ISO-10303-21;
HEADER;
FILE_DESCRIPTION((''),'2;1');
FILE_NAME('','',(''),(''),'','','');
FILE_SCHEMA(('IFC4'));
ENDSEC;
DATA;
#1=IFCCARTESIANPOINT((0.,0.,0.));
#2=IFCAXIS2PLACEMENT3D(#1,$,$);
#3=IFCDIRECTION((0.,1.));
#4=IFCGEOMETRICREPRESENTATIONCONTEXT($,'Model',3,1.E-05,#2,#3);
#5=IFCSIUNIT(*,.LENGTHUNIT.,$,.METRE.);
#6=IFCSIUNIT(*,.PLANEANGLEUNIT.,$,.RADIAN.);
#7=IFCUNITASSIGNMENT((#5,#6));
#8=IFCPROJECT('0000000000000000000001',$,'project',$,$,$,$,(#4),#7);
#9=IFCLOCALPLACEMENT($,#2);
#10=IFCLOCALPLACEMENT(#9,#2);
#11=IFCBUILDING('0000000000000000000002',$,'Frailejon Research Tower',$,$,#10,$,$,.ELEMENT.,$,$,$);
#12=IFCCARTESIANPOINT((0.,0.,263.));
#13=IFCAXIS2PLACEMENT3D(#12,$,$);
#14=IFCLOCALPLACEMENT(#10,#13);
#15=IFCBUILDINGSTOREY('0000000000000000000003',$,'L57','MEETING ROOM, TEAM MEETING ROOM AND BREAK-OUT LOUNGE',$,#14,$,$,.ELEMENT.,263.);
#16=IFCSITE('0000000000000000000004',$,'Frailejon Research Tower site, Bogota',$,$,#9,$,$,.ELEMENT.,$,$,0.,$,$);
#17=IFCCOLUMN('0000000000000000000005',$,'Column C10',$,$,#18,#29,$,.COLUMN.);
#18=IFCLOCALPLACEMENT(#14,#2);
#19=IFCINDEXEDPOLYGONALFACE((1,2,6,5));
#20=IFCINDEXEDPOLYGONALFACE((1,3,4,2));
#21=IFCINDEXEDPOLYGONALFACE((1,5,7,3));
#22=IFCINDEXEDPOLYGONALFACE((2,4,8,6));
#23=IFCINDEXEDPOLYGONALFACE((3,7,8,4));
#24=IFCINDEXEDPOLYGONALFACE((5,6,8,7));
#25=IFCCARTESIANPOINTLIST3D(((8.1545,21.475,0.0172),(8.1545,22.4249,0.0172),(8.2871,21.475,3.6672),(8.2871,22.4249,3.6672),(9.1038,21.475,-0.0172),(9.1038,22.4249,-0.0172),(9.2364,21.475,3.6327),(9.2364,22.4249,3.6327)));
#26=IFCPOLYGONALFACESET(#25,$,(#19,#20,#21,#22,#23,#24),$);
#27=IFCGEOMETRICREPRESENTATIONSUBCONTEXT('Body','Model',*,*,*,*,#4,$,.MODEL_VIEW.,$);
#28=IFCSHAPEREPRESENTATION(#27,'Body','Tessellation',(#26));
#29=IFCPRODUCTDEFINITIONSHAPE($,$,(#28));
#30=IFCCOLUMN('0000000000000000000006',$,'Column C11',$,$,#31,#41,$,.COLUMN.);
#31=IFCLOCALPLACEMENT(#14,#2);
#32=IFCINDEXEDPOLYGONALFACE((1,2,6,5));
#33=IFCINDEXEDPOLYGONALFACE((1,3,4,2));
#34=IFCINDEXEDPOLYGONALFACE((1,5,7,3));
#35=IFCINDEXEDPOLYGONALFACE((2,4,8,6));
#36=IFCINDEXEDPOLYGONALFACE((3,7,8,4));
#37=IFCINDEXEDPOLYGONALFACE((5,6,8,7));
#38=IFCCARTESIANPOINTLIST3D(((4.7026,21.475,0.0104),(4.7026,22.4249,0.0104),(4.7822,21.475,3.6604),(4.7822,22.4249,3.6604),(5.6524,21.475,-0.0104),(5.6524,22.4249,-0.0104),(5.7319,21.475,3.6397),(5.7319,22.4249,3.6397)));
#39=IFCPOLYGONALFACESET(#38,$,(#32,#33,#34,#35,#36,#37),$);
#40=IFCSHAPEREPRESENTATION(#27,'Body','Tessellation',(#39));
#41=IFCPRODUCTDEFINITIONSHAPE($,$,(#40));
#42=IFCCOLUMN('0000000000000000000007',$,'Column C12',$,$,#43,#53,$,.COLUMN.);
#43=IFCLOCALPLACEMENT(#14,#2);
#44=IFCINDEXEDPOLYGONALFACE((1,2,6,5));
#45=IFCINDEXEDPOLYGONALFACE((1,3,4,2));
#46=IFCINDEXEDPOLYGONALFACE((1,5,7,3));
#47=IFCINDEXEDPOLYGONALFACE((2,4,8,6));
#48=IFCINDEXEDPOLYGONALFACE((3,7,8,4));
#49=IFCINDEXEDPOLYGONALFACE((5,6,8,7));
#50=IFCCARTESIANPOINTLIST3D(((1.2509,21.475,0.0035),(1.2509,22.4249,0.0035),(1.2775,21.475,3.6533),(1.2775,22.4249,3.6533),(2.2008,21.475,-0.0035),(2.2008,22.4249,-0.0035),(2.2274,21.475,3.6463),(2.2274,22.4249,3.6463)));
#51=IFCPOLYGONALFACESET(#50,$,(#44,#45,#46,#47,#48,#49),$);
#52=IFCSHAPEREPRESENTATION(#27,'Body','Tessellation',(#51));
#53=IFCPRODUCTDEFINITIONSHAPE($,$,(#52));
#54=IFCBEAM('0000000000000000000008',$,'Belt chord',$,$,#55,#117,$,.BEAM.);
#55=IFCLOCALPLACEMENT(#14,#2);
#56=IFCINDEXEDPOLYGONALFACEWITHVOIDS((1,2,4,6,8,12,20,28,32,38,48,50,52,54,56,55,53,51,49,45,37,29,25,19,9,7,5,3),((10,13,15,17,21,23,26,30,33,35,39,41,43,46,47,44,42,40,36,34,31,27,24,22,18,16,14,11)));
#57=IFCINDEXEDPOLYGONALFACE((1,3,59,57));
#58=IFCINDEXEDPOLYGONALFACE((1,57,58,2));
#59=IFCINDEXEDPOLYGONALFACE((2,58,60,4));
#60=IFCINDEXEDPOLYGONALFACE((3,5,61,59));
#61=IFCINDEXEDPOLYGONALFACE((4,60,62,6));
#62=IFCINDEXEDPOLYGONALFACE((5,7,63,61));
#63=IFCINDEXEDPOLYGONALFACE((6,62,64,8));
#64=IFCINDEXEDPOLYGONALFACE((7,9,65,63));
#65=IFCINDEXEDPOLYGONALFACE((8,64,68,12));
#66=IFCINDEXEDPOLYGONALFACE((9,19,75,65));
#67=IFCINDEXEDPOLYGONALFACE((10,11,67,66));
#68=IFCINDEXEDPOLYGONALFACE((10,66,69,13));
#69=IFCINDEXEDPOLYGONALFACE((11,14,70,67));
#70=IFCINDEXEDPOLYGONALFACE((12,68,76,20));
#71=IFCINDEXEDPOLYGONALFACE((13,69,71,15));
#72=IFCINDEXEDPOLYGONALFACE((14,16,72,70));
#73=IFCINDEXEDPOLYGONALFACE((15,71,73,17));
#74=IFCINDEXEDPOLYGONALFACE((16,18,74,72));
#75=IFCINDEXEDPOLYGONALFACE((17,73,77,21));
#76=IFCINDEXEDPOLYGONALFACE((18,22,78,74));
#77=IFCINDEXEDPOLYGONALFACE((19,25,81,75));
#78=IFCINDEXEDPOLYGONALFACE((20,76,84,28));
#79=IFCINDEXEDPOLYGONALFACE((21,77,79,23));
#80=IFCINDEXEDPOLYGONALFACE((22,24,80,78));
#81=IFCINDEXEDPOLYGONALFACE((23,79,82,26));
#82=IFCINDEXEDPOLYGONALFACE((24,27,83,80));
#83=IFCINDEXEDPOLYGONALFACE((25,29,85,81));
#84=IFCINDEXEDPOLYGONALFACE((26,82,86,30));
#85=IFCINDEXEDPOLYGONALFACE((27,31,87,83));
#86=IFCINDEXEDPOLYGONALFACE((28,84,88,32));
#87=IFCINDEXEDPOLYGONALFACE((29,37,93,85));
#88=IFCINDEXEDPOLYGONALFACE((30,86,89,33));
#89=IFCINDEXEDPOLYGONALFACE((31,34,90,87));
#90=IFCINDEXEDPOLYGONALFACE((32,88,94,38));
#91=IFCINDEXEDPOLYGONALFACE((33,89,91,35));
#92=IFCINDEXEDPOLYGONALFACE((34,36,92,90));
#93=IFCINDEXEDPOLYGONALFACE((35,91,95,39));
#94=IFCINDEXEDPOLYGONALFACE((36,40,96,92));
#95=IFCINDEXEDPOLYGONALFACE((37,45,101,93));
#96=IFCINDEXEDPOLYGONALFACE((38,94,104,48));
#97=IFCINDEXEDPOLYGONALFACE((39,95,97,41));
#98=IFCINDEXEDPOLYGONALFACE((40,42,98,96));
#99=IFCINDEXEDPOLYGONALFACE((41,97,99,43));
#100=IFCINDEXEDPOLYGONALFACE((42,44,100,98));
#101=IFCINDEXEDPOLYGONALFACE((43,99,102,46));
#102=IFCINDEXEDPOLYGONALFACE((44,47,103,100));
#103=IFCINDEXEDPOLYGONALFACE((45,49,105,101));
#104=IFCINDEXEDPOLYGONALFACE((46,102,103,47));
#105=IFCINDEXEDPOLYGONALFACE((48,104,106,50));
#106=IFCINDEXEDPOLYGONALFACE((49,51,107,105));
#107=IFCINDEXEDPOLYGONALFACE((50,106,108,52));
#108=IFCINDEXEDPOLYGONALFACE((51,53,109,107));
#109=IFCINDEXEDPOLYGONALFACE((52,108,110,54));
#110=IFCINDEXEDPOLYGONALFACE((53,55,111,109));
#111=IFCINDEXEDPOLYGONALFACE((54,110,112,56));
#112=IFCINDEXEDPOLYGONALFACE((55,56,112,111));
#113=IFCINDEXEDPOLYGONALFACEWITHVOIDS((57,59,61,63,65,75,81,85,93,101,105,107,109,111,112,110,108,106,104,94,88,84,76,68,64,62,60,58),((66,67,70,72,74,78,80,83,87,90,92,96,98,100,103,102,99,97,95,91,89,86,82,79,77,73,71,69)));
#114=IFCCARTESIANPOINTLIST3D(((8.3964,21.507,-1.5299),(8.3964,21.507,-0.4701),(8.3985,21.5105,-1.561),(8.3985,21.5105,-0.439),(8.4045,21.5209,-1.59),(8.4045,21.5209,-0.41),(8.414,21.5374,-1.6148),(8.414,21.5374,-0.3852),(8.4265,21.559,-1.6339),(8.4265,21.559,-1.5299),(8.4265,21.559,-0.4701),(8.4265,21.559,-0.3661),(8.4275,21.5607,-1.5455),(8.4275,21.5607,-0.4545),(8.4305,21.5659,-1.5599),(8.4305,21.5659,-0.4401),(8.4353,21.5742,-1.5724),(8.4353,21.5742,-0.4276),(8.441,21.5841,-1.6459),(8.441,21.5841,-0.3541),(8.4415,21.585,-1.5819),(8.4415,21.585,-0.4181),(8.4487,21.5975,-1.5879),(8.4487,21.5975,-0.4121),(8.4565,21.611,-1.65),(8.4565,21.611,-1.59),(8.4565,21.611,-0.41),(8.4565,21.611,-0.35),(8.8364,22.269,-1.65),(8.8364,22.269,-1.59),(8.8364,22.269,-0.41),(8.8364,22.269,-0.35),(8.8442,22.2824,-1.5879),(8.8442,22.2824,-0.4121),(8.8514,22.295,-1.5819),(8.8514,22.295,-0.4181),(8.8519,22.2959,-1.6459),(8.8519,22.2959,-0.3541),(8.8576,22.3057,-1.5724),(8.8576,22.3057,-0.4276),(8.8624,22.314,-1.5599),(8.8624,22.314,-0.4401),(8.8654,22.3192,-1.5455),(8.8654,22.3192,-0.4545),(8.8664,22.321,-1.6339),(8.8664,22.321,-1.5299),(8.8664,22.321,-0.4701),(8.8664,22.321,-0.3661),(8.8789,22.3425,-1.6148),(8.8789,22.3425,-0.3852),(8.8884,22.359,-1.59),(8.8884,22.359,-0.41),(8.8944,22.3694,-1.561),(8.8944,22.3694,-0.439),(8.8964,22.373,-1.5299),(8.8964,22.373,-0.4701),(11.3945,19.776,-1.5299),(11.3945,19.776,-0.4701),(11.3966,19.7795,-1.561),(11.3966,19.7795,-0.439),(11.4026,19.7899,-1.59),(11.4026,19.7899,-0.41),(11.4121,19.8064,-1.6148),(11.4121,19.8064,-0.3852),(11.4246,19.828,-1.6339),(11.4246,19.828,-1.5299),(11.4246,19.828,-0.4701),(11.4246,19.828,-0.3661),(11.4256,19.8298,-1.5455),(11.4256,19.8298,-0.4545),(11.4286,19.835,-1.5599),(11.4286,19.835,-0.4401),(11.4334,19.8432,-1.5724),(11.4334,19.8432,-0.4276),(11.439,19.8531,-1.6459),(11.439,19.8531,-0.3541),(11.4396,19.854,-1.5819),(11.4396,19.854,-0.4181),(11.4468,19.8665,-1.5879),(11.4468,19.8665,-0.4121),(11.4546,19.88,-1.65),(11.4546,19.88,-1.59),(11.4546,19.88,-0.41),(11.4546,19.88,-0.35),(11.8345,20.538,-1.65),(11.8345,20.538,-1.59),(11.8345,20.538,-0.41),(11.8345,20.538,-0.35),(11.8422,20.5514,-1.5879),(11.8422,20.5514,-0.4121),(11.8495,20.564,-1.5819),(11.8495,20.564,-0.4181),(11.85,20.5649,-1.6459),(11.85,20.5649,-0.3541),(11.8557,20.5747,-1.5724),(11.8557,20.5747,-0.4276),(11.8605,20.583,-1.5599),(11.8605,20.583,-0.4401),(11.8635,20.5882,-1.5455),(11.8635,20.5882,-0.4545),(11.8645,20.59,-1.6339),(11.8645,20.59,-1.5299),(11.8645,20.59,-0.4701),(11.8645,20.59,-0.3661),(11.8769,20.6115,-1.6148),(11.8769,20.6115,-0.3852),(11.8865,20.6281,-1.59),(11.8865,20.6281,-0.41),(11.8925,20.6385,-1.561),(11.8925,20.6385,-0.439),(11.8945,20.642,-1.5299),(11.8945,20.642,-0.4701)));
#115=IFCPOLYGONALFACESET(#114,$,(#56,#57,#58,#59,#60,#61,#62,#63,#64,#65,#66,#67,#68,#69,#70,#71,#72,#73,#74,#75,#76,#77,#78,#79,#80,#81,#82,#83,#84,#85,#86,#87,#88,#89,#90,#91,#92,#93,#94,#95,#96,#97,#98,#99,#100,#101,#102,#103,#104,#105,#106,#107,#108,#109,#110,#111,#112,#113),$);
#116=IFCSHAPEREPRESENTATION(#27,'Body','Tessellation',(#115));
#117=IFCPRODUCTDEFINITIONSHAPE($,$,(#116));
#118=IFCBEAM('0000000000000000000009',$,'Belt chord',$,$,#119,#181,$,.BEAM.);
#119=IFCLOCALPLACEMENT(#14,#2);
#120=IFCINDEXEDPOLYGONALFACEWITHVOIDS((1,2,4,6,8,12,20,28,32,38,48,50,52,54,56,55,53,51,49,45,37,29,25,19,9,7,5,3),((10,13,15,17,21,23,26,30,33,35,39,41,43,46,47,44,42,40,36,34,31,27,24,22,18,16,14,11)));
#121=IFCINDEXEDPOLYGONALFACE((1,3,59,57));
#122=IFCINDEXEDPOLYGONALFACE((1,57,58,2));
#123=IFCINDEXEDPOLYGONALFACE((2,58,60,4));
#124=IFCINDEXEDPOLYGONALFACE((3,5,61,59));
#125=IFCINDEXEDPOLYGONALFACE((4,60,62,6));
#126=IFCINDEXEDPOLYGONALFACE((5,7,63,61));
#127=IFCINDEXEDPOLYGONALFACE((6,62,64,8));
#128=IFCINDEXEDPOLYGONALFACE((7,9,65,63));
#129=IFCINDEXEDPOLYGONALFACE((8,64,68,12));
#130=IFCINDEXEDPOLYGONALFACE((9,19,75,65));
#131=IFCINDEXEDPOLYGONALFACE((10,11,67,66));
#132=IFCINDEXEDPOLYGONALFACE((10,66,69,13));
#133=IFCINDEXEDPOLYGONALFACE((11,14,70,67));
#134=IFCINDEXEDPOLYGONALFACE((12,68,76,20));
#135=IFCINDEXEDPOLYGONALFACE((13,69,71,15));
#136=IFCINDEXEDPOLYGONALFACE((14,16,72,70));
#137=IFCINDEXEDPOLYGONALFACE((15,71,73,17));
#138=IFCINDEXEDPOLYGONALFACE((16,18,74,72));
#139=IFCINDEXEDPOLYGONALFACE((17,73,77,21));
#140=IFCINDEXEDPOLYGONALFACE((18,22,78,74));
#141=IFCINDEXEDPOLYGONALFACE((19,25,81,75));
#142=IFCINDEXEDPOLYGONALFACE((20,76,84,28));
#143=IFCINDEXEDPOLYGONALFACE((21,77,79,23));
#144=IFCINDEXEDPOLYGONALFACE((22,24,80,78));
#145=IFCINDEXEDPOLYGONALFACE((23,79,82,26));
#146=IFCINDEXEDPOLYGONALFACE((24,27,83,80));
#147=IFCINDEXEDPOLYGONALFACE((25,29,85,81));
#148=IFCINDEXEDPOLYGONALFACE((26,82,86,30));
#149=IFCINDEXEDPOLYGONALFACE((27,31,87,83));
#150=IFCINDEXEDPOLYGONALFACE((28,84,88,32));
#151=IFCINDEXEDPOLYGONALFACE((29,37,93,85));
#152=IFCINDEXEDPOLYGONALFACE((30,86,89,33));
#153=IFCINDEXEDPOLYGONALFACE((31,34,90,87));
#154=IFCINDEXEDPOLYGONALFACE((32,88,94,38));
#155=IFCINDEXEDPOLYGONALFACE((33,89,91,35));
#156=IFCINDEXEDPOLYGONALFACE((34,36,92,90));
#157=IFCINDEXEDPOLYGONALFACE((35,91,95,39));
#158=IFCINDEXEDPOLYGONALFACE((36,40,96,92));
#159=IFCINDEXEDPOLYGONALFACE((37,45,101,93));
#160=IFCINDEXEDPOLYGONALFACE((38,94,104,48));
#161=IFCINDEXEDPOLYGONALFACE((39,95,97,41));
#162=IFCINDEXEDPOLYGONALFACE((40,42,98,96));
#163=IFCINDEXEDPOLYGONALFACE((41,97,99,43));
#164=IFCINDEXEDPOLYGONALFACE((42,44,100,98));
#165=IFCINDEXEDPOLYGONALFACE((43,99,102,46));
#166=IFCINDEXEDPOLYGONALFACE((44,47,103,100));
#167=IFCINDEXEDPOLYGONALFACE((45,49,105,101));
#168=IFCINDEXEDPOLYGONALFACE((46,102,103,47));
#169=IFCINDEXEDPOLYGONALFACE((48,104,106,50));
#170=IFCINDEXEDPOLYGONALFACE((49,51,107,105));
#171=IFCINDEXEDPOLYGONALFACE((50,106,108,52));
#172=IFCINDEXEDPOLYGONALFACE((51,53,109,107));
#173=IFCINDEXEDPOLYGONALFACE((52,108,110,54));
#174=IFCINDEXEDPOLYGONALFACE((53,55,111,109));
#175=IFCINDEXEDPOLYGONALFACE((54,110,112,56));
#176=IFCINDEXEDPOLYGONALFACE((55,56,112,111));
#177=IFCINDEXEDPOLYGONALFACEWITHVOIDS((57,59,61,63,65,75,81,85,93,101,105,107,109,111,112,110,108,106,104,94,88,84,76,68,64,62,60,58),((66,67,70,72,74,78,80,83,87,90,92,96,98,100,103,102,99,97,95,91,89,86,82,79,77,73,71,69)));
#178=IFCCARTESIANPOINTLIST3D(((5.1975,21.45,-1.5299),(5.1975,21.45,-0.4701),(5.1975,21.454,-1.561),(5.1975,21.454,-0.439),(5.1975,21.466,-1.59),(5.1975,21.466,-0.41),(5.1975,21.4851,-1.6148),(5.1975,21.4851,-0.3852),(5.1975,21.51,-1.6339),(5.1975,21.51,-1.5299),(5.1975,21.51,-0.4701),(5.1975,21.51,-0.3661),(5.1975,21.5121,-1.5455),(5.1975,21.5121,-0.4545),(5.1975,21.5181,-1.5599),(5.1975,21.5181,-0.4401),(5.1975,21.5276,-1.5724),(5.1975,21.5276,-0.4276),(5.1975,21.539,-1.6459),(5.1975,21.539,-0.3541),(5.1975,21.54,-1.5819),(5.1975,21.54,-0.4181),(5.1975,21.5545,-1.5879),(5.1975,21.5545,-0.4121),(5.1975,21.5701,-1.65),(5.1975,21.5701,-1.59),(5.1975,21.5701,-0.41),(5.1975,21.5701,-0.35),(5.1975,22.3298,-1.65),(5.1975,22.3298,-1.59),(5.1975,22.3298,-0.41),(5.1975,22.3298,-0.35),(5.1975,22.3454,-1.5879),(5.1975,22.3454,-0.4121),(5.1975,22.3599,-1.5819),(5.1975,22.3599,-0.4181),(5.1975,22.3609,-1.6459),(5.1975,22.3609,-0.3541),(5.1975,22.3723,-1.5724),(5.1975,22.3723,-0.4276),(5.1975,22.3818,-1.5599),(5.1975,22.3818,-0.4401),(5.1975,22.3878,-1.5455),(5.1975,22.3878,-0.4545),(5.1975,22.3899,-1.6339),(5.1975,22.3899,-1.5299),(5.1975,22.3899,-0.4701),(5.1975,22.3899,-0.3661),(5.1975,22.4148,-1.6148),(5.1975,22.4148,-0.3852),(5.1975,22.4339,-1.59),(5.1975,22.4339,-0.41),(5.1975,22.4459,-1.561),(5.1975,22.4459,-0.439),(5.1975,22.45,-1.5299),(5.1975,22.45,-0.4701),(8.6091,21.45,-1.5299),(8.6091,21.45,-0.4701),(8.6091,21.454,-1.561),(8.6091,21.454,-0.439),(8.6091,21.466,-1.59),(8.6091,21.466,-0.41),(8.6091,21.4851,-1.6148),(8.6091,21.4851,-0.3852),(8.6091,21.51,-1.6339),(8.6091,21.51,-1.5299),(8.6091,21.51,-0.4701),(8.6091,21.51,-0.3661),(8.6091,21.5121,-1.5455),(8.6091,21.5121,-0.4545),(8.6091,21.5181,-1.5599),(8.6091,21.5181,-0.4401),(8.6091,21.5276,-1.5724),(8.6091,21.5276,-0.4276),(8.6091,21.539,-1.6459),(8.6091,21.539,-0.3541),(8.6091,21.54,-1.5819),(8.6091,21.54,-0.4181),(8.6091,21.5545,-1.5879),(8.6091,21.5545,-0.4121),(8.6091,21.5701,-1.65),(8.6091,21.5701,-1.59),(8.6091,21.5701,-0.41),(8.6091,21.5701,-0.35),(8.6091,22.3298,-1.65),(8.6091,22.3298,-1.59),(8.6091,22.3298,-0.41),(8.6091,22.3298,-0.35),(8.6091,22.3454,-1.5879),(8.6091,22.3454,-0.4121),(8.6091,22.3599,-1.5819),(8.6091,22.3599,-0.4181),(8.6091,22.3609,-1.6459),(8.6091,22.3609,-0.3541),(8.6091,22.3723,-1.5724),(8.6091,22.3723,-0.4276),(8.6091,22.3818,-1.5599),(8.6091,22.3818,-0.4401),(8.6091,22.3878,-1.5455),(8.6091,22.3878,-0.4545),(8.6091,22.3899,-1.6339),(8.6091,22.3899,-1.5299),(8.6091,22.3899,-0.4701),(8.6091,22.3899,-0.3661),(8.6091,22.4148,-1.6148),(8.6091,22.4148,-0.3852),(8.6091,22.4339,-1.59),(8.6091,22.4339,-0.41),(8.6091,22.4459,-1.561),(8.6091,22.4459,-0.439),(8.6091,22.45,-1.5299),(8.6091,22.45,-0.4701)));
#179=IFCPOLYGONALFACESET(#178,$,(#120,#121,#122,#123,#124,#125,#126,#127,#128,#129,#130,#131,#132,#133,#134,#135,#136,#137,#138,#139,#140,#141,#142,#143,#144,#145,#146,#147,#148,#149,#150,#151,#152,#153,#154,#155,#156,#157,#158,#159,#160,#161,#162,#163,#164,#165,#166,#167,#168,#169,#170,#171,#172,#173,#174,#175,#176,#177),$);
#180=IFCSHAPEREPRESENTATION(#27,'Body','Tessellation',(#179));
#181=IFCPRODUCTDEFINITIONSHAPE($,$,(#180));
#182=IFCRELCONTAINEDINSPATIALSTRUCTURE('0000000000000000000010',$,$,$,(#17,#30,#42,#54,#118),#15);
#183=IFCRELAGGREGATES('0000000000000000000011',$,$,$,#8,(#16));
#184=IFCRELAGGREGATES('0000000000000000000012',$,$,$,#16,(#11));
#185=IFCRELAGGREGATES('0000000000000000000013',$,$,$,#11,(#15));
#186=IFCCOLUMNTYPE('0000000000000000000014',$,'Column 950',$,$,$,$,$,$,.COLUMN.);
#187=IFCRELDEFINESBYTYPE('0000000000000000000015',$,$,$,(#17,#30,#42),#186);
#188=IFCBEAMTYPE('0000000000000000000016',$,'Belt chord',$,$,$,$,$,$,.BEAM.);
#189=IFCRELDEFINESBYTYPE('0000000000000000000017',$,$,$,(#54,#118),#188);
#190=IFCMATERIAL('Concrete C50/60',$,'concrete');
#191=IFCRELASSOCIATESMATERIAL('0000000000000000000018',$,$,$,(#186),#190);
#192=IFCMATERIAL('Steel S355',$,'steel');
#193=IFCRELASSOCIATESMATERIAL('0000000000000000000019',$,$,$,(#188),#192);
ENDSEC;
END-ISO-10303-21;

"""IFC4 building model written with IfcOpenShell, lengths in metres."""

from ifc_helpers import new_model, si_unit, direction, frame, origin, origin_2d, place, context, subcontext, project, spatial, rectangle, hollow_rectangle, extrude, material, material_profile, profile_set, type_object, element, save


model = new_model("IFC4")

# Units and contexts
model_context = context("Model", 3, precision=1e-05, world=origin(), true_north=direction((0.0, 1.0)))
body_context = subcontext(model_context, "Body", "Model", "MODEL_VIEW")
ifc_project = project(units=[si_unit("LENGTHUNIT", "METRE"), si_unit("PLANEANGLEUNIT", "RADIAN")], contexts=[model_context])

# Site, building, storey
site_placement = place(None, origin())
site = spatial("IfcSite", under=ifc_project, at=site_placement, Name="Frailejon Research Tower site, Bogota", CompositionType="ELEMENT", RefElevation=0.0)
building_placement = place(site_placement, origin())
building = spatial("IfcBuilding", under=site, at=building_placement, Name="Frailejon Research Tower", CompositionType="ELEMENT")
storey_placement = place(building_placement, frame((0.0, 0.0, 263.0)))
storey = spatial("IfcBuildingStorey", under=building, at=storey_placement, Name="L57", Description="MEETING ROOM, TEAM MEETING ROOM AND BREAK-OUT LOUNGE", CompositionType="ELEMENT", Elevation=263.0)

# Columns
ifc_material_1 = material(Name="Concrete C50/60", Category="concrete")
ifc_material_profile_1 = material_profile(ifc_material_1, rectangle(XDim=0.95, YDim=0.95, at=origin_2d()), Name="Column 950")
ifc_profile_set_1 = profile_set([ifc_material_profile_1], Name="Concrete C50/60")
column_type = type_object("IfcColumnType", Name="Column 950", PredefinedType="COLUMN", material=ifc_profile_set_1)
column_1_placement = place(storey_placement, frame((8.6292, 21.95, 0.0), z_axis=(0.036297, 0.0, 0.999341), x_axis=(-0.999341, 0.0, 0.036297)))
element("IfcColumn", 1, at=column_1_placement, inside=storey, type_object=column_type, Name="Column C10", PredefinedType="COLUMN", context=body_context, shape_type="SweptSolid", body=[
    extrude(rectangle(XDim=0.95, YDim=0.95, at=origin_2d()), origin(), (0.0, 0.0, 1.0), 3.6523),
])
column_2_placement = place(storey_placement, frame((5.1775, 21.95, 0.0), z_axis=(0.021801, 0.0, 0.999762), x_axis=(-0.999762, 0.0, 0.021801)))
element("IfcColumn", 2, at=column_2_placement, inside=storey, type_object=column_type, Name="Column C11", PredefinedType="COLUMN", context=body_context, shape_type="SweptSolid", body=[
    extrude(rectangle(XDim=0.95, YDim=0.95, at=origin_2d()), origin(), (0.0, 0.0, 1.0), 3.6509),
])
column_3_placement = place(storey_placement, frame((1.7258, 21.95, 0.0), z_axis=(0.007291, 0.0, 0.999973), x_axis=(-0.999973, 0.0, 0.007291)))
element("IfcColumn", 3, at=column_3_placement, inside=storey, type_object=column_type, Name="Column C12", PredefinedType="COLUMN", context=body_context, shape_type="SweptSolid", body=[
    extrude(rectangle(XDim=0.95, YDim=0.95, at=origin_2d()), origin(), (0.0, 0.0, 1.0), 3.6499),
])

# Beams
ifc_material_2 = material(Name="Steel S355", Category="steel")
ifc_material_profile_2 = material_profile(ifc_material_2, hollow_rectangle(XDim=1.0, YDim=1.3, WallThickness=0.0601, InnerFilletRadius=0.0601, OuterFilletRadius=0.1201, at=origin_2d()), Name="Belt chord")
ifc_profile_set_2 = profile_set([ifc_material_profile_2], Name="Steel S355")
beam_type_1 = type_object("IfcBeamType", Name="Belt chord", PredefinedType="BEAM", material=ifc_profile_set_2)
beam_1_placement = place(storey_placement, frame((11.6445, 20.209, -1.0), z_axis=(-0.866021, 0.500007, 0.0), x_axis=(-0.500007, -0.866021, 0.0)))
element("IfcBeam", 4, at=beam_1_placement, inside=storey, type_object=beam_type_1, Name="Belt chord", PredefinedType="BEAM", context=body_context, shape_type="SweptSolid", body=[
    extrude(hollow_rectangle(XDim=1.0, YDim=1.3, WallThickness=0.0601, InnerFilletRadius=0.0601, OuterFilletRadius=0.1201, at=origin_2d()), origin(), (0.0, 0.0, 1.0), 3.4619),
])
for number, where, z_axis, x_axis, name in (
    (5, (8.6091, 21.95, -1.0), (-1.0, 0.0, 0.0), (0.0, -1.0, 0.0), "Belt chord"),
):
    element("IfcBeam", number, at=place(storey_placement, frame(where, z_axis=z_axis, x_axis=x_axis)), inside=storey, type_object=beam_type_1, Name=name, PredefinedType="BEAM", context=body_context, shape_type="SweptSolid", body=[
        extrude(hollow_rectangle(XDim=1.0, YDim=1.3, WallThickness=0.0601, InnerFilletRadius=0.0601, OuterFilletRadius=0.1201, at=origin_2d()), origin(), (0.0, 0.0, 1.0), 3.4116),
    ])

save(model, "model.ifc")
